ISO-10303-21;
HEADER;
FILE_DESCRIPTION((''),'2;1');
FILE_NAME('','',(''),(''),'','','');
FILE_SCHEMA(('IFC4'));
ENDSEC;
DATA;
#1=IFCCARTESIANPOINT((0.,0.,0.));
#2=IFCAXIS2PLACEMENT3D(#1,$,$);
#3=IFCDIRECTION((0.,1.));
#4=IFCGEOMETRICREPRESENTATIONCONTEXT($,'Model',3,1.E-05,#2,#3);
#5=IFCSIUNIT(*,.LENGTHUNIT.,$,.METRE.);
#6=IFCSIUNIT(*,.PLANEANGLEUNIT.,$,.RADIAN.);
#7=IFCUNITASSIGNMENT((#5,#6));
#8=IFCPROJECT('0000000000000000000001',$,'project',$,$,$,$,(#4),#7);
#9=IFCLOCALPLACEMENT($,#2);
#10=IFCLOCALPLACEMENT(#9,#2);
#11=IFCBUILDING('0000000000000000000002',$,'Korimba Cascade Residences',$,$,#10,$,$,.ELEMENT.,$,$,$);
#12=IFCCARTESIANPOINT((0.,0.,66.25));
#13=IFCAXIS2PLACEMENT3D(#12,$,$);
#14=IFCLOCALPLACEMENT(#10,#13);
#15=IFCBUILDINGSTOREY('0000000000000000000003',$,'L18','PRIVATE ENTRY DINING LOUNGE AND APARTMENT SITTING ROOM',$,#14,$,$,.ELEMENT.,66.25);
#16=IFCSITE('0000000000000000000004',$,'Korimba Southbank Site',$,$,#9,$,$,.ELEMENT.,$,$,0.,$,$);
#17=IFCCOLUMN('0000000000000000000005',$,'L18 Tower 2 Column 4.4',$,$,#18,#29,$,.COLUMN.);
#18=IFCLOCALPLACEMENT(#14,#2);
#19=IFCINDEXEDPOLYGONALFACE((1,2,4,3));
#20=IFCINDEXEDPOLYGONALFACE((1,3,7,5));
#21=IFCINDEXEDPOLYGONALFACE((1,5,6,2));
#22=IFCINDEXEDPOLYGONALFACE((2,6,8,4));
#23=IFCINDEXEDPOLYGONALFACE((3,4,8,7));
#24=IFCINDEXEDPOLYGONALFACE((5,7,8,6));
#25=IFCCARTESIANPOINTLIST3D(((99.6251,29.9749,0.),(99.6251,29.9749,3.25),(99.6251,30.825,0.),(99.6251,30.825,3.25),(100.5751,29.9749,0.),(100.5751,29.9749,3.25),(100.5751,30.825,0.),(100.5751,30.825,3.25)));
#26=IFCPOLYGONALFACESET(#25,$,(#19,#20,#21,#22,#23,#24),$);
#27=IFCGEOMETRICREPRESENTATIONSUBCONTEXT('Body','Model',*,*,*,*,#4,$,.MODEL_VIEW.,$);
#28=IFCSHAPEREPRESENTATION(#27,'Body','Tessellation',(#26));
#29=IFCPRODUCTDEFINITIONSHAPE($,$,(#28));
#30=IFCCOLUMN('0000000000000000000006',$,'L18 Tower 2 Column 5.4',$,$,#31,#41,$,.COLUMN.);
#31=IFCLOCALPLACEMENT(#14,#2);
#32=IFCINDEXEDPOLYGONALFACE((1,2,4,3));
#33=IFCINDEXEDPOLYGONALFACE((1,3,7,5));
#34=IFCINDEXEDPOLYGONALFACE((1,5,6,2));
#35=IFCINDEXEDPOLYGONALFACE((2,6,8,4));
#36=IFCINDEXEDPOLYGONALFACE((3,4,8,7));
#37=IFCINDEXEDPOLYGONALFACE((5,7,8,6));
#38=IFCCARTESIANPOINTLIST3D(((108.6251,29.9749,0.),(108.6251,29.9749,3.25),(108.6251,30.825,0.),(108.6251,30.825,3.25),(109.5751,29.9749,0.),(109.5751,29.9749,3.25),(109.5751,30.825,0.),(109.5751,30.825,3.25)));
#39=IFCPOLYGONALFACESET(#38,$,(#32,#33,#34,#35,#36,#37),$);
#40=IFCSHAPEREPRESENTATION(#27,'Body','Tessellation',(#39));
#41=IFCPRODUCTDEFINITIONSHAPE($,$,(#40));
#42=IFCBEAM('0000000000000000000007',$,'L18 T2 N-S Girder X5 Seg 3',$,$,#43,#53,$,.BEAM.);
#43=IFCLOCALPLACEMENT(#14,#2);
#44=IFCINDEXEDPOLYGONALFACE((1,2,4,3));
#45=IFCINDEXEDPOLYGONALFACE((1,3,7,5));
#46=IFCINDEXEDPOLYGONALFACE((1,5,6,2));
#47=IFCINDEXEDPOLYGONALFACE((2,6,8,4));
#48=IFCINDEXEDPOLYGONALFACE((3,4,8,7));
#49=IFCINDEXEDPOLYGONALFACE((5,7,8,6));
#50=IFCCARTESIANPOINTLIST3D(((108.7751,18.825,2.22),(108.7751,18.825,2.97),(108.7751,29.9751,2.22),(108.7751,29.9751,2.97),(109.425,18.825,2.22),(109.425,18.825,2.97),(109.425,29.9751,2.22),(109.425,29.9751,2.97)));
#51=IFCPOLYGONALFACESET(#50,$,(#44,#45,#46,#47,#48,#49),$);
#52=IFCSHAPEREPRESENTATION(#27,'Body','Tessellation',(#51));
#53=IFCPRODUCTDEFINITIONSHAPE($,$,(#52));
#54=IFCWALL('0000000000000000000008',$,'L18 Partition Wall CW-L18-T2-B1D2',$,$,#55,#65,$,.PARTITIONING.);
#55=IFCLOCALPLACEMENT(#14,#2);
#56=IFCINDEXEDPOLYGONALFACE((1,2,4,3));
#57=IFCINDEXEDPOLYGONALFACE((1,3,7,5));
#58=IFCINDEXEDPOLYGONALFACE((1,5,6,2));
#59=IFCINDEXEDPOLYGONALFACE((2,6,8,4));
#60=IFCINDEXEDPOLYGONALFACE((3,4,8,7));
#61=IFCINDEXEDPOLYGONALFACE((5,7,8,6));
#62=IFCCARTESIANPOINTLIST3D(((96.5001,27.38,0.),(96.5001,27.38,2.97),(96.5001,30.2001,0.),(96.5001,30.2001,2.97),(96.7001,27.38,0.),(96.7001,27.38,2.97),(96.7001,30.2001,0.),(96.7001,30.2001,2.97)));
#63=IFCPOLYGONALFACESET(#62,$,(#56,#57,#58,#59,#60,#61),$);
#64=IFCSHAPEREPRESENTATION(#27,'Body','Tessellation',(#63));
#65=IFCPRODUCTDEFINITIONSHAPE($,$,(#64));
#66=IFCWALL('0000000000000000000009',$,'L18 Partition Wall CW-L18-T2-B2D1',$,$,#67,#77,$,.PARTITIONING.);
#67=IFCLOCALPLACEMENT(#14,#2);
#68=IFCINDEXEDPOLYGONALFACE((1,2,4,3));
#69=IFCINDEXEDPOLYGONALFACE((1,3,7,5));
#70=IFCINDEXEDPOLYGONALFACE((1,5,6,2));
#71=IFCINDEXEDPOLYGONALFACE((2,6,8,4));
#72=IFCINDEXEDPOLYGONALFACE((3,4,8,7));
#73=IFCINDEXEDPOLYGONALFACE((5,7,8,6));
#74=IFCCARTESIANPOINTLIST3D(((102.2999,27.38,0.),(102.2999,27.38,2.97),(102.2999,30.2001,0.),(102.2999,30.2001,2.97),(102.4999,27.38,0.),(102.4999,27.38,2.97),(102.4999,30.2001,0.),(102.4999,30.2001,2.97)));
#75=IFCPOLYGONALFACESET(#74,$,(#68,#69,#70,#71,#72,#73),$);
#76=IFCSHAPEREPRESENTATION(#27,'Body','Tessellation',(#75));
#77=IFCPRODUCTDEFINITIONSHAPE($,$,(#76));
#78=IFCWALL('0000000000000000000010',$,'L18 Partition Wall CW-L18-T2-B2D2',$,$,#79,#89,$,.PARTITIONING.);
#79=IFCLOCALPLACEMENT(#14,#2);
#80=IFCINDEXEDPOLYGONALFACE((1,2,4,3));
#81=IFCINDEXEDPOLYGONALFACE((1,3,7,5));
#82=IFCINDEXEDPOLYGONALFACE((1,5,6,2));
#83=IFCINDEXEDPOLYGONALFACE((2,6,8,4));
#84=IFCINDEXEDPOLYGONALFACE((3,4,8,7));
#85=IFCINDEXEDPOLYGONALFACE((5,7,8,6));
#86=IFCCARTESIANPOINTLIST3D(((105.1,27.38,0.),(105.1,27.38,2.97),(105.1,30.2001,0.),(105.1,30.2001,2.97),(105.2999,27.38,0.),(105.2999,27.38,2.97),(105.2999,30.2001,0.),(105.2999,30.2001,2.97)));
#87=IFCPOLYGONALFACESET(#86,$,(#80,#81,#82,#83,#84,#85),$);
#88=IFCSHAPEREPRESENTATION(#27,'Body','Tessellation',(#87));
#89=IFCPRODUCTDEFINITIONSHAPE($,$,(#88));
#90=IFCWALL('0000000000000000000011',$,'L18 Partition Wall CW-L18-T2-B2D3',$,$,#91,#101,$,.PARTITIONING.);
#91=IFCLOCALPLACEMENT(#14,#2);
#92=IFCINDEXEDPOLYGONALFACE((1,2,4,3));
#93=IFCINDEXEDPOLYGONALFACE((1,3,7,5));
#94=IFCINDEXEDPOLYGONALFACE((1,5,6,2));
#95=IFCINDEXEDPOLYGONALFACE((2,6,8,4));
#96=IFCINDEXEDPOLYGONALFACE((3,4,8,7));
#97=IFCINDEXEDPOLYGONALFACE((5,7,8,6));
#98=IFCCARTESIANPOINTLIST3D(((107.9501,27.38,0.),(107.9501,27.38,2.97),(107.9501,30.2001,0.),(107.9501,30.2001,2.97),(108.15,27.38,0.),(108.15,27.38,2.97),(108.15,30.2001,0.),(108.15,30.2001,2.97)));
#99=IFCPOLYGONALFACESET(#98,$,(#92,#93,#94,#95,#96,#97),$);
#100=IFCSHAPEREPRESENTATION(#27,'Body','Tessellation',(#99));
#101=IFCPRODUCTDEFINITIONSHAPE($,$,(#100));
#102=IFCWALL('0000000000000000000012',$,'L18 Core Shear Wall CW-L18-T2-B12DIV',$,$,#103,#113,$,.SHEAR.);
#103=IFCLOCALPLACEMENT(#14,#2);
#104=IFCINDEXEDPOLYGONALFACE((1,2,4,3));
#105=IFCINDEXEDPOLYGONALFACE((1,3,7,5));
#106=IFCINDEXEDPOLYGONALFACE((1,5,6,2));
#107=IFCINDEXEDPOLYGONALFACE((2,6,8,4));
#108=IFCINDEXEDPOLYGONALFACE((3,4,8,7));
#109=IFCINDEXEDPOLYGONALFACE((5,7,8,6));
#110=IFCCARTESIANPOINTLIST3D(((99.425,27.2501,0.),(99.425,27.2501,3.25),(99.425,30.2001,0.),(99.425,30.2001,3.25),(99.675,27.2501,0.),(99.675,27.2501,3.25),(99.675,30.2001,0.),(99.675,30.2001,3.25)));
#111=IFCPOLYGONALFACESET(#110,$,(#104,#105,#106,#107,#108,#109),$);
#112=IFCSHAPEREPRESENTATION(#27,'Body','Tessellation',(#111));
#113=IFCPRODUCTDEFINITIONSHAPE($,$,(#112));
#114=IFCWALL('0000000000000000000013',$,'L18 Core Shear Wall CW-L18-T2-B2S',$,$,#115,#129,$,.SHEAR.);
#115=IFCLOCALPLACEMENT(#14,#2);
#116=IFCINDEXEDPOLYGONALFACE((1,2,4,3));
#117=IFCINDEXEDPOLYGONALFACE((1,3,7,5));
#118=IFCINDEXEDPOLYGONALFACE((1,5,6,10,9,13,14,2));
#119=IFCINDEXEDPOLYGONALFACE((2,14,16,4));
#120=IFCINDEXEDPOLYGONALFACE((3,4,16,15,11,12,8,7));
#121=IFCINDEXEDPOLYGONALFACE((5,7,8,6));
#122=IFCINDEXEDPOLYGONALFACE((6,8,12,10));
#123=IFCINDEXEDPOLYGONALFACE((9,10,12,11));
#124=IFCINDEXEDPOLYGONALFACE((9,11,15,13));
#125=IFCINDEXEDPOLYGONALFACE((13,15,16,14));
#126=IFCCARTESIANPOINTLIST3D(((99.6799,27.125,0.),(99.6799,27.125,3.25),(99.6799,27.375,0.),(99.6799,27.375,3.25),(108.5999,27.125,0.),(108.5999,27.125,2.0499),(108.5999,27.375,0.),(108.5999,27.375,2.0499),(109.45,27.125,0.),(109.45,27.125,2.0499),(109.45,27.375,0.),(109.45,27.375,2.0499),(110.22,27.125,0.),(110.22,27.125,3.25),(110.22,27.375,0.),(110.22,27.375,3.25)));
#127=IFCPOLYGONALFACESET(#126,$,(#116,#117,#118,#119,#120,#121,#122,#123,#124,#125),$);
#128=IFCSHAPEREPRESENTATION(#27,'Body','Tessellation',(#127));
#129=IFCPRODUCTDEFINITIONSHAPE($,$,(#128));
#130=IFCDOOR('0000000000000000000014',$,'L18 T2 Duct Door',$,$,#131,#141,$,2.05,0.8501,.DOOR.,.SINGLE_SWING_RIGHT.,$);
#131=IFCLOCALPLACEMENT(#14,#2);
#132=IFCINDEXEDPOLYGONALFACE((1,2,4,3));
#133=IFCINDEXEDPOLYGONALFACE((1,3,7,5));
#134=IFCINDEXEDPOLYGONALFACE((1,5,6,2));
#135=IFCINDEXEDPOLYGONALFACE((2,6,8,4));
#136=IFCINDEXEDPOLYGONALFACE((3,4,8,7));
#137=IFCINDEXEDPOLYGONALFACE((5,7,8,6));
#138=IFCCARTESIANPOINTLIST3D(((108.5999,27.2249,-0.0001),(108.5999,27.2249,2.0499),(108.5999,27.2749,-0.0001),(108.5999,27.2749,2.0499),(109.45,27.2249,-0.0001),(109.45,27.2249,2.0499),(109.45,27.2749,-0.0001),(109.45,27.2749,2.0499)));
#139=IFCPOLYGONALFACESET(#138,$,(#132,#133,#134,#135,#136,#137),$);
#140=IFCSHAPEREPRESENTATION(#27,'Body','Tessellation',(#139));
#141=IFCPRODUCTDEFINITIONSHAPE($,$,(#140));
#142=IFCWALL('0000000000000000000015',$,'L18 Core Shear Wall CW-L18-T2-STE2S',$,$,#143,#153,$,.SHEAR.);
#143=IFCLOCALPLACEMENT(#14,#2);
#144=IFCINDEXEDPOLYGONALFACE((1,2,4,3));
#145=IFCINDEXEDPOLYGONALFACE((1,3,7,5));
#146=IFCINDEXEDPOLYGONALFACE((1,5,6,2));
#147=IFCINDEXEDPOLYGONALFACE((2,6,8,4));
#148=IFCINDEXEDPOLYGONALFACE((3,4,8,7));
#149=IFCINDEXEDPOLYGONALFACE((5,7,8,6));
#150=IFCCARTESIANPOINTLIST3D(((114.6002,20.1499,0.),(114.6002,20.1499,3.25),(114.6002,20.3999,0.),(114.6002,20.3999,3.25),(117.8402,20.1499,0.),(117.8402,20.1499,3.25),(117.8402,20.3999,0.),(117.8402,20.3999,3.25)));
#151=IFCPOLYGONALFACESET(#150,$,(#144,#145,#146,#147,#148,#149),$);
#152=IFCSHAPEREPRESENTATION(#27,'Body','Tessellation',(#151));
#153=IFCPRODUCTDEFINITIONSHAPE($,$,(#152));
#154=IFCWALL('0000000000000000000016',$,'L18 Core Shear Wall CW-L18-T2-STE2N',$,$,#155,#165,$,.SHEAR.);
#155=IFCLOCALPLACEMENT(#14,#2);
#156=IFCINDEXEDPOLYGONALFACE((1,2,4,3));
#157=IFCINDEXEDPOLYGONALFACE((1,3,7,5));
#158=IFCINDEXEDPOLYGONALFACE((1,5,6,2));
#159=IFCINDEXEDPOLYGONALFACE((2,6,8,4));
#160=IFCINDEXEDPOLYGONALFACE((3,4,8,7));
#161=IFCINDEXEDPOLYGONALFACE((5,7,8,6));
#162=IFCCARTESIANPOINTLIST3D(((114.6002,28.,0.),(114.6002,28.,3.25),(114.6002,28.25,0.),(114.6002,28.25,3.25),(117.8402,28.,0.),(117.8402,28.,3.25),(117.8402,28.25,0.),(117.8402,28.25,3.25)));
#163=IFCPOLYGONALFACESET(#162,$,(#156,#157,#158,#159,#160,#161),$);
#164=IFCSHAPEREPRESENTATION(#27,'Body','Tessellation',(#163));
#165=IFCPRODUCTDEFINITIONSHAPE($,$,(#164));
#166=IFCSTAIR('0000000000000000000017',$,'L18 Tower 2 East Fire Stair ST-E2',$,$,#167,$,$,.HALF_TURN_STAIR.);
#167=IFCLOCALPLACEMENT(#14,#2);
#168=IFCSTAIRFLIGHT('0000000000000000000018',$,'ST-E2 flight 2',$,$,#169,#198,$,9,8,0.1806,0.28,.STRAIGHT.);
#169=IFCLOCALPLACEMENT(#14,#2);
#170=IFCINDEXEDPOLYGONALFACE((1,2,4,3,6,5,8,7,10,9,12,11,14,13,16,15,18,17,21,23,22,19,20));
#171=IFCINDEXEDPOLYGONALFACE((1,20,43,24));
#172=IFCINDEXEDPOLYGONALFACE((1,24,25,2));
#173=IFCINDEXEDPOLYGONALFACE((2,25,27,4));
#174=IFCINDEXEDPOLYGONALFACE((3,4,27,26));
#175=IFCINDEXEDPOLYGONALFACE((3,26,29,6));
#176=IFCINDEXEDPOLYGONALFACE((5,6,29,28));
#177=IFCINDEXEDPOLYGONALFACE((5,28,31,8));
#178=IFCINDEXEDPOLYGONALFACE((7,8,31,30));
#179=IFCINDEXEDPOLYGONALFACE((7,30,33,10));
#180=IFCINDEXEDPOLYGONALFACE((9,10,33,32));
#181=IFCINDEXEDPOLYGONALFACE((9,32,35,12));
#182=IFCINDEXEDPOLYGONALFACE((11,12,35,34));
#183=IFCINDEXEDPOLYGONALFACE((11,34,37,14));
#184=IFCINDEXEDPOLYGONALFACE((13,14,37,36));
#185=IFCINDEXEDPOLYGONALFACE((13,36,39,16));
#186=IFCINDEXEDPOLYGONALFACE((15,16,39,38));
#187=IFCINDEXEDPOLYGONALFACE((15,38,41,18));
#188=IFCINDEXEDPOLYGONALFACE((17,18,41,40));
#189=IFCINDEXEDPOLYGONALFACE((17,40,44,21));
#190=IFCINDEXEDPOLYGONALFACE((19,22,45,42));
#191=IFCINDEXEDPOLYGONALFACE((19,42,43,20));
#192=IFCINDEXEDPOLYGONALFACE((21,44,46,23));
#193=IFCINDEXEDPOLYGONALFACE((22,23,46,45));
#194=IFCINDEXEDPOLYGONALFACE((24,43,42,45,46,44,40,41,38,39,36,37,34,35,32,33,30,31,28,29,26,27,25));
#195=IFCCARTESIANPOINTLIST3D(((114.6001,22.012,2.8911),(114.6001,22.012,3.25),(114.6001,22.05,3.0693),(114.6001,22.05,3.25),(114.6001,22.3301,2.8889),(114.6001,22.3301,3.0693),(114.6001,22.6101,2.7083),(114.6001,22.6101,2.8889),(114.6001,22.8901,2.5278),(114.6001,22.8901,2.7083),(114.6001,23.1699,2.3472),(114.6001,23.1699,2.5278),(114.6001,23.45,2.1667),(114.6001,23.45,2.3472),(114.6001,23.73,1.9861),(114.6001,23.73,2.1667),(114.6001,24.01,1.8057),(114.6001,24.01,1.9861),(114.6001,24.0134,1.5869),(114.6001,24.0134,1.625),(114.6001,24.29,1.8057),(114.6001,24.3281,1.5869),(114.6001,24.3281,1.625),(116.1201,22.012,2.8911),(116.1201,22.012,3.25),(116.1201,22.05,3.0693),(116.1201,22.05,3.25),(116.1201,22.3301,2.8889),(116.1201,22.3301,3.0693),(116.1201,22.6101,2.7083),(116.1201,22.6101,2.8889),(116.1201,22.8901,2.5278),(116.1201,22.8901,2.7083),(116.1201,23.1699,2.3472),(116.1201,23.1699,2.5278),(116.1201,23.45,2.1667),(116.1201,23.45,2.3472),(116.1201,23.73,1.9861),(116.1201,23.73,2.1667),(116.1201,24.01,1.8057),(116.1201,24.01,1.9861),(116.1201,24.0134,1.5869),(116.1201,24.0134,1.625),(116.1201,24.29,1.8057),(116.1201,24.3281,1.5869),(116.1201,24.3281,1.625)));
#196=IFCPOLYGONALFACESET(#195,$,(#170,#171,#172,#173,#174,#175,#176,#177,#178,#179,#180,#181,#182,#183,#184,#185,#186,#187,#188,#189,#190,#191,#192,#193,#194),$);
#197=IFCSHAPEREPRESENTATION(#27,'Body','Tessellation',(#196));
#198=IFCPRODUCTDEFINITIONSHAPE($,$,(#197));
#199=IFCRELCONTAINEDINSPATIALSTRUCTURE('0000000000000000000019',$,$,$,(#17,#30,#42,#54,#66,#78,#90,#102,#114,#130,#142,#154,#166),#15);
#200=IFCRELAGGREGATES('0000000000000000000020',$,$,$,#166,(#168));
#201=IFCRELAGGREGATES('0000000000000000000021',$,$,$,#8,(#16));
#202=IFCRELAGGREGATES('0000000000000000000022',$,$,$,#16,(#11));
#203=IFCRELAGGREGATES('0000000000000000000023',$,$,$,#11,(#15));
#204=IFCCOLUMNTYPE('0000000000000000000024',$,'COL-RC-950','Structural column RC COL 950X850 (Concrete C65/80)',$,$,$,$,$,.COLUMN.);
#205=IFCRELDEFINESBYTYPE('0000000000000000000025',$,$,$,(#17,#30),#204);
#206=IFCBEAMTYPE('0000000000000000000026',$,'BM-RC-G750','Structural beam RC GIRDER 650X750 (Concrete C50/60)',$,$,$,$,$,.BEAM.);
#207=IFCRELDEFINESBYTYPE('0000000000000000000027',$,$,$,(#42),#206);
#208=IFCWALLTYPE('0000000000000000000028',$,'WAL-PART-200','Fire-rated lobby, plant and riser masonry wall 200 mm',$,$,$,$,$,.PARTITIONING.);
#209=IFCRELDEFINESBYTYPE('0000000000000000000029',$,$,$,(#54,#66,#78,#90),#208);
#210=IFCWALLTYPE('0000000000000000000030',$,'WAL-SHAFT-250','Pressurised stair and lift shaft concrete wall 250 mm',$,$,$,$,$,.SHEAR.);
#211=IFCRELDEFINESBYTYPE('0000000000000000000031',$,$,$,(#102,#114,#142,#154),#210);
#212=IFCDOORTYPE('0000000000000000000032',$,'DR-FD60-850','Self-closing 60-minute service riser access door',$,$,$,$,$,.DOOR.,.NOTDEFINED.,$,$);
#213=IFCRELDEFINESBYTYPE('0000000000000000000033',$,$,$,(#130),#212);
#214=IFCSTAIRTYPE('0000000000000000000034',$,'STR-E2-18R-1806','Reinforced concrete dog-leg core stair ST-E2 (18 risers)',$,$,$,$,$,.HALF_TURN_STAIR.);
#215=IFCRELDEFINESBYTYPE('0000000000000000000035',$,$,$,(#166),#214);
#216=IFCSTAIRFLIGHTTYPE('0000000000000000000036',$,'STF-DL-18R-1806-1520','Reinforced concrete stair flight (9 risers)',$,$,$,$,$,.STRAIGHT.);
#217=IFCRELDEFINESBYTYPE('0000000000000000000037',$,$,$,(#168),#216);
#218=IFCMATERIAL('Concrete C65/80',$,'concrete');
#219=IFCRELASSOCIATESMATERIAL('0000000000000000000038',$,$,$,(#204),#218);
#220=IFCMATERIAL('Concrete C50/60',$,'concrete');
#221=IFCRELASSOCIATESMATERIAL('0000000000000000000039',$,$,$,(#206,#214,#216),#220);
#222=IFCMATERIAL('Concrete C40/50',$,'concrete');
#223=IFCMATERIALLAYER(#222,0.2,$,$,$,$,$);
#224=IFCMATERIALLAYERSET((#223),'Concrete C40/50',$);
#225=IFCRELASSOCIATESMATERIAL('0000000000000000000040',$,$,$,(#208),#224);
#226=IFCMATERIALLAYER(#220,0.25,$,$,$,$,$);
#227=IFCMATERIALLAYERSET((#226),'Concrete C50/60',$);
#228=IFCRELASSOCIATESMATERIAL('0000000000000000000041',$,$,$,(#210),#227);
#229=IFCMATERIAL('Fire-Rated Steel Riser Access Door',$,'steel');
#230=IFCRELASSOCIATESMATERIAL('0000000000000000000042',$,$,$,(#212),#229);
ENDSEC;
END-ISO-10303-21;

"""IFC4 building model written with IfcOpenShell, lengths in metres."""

from ifc_helpers import new_model, si_unit, direction, frame, frame_2d, origin, origin_2d, place, context, subcontext, project, spatial, polyline, rectangle, outline, extrude, material, layer, layer_set, material_profile, profile_set, type_object, element, fill, aggregate, save


model = new_model("IFC4")

# Units and contexts
model_context = context("Model", 3, precision=1e-05, world=origin(), true_north=direction((0.0, 1.0)))
body_context = subcontext(model_context, "Body", "Model", "MODEL_VIEW")
ifc_project = project(units=[si_unit("LENGTHUNIT", "METRE"), si_unit("PLANEANGLEUNIT", "RADIAN")], contexts=[model_context])

# Site, building, storey
site_placement = place(None, origin())
site = spatial("IfcSite", under=ifc_project, at=site_placement, Name="Korimba Southbank Site", CompositionType="ELEMENT", RefElevation=0.0)
building_placement = place(site_placement, origin())
building = spatial("IfcBuilding", under=site, at=building_placement, Name="Korimba Cascade Residences", CompositionType="ELEMENT")
storey_placement = place(building_placement, frame((0.0, 0.0, 66.25)))
storey = spatial("IfcBuildingStorey", under=building, at=storey_placement, Name="L18", Description="PRIVATE ENTRY DINING LOUNGE AND APARTMENT SITTING ROOM", CompositionType="ELEMENT", Elevation=66.25)

# Columns
ifc_material_1 = material(Name="Concrete C65/80", Category="concrete")
ifc_material_profile_1 = material_profile(ifc_material_1, rectangle(XDim=0.95, YDim=0.8501, at=origin_2d()), Name="Concrete C65/80")
ifc_profile_set_1 = profile_set([ifc_material_profile_1], Name="Concrete C65/80")
column_type = type_object("IfcColumnType", Name="COL-RC-950", Description="Structural column RC COL 950X850 (Concrete C65/80)", PredefinedType="COLUMN", material=ifc_profile_set_1)
for number, where, z_axis, x_axis, name in (
    (1, (100.1001, 30.3999, 0.0), (0.0, 0.0, 1.0), (1.0, 0.0, 0.0), "L18 Tower 2 Column 4.4"),
    (2, (109.1001, 30.3999, 0.0), (0.0, 0.0, 1.0), (1.0, 0.0, 0.0), "L18 Tower 2 Column 5.4"),
):
    element("IfcColumn", number, at=place(storey_placement, frame(where, z_axis=z_axis, x_axis=x_axis)), inside=storey, type_object=column_type, Name=name, PredefinedType="COLUMN", context=body_context, shape_type="SweptSolid", body=[
        extrude(rectangle(XDim=0.95, YDim=0.8501, at=origin_2d()), origin(), (0.0, 0.0, 1.0), 3.25),
    ])

# Beam
ifc_material_2 = material(Name="Concrete C50/60", Category="concrete")
ifc_material_profile_2 = material_profile(ifc_material_2, rectangle(XDim=0.6499, YDim=0.75, at=origin_2d()), Name="Concrete C50/60")
ifc_profile_set_2 = profile_set([ifc_material_profile_2], Name="Concrete C50/60")
beam_type = type_object("IfcBeamType", Name="BM-RC-G750", Description="Structural beam RC GIRDER 650X750 (Concrete C50/60)", PredefinedType="BEAM", material=ifc_profile_set_2)
beam_placement = place(storey_placement, frame((109.1001, 18.825, 2.595), z_axis=(0.0, 1.0, 0.0), x_axis=(-1.0, 0.0, 0.0)))
element("IfcBeam", 3, at=beam_placement, inside=storey, type_object=beam_type, Name="L18 T2 N-S Girder X5 Seg 3", PredefinedType="BEAM", context=body_context, shape_type="SweptSolid", body=[
    extrude(rectangle(XDim=0.6499, YDim=0.75, at=origin_2d()), origin(), (0.0, 0.0, 1.0), 11.1501),
])

# Walls
ifc_material_3 = material(Name="Concrete C40/50", Category="concrete")
ifc_layer_1 = layer(ifc_material_3, 0.2)
ifc_layer_set_1 = layer_set([ifc_layer_1], Name="Concrete C40/50")
wall_type_1 = type_object("IfcWallType", Name="WAL-PART-200", Description="Fire-rated lobby, plant and riser masonry wall 200 mm", PredefinedType="PARTITIONING", material=ifc_layer_set_1)
for number, where, z_axis, x_axis, name in (
    (4, (96.6001, 27.3799, 0.0), (0.0, 0.0, 1.0), (0.0, 1.0, 0.0), "L18 Partition Wall CW-L18-T2-B1D2"),
    (5, (102.3999, 27.3799, 0.0), (0.0, 0.0, 1.0), (0.0, 1.0, 0.0), "L18 Partition Wall CW-L18-T2-B2D1"),
    (6, (105.2, 27.3799, 0.0), (0.0, 0.0, 1.0), (0.0, 1.0, 0.0), "L18 Partition Wall CW-L18-T2-B2D2"),
    (7, (108.05, 27.3799, 0.0), (0.0, 0.0, 1.0), (0.0, 1.0, 0.0), "L18 Partition Wall CW-L18-T2-B2D3"),
):
    element("IfcWall", number, at=place(storey_placement, frame(where, z_axis=z_axis, x_axis=x_axis)), inside=storey, type_object=wall_type_1, Name=name, PredefinedType="PARTITIONING", context=body_context, shape_type="SweptSolid", body=[
        extrude(rectangle(XDim=2.8201, YDim=0.2, at=frame_2d((1.4102, 0.0))), origin(), (0.0, 0.0, 1.0), 2.97),
    ])
ifc_layer_2 = layer(ifc_material_2, 0.25)
ifc_layer_set_2 = layer_set([ifc_layer_2], Name="Concrete C50/60")
wall_type_2 = type_object("IfcWallType", Name="WAL-SHAFT-250", Description="Pressurised stair and lift shaft concrete wall 250 mm", PredefinedType="SHEAR", material=ifc_layer_set_2)
wall_1_placement = place(storey_placement, frame((99.55, 27.25, 0.0), z_axis=(0.0, 0.0, 1.0), x_axis=(0.0, 1.0, 0.0)))
element("IfcWall", 8, at=wall_1_placement, inside=storey, type_object=wall_type_2, Name="L18 Core Shear Wall CW-L18-T2-B12DIV", PredefinedType="SHEAR", context=body_context, shape_type="SweptSolid", body=[
    extrude(rectangle(XDim=2.95, YDim=0.25, at=frame_2d((1.4751, 0.0))), origin(), (0.0, 0.0, 1.0), 3.25),
])

# Wall, opening, door
wall_2_placement = place(storey_placement, frame((99.6799, 27.25, 0.0), z_axis=(0.0, 0.0, 1.0), x_axis=(1.0, 0.0, 0.0)))
wall_2 = element("IfcWall", 9, at=wall_2_placement, inside=storey, type_object=wall_type_2, Name="L18 Core Shear Wall CW-L18-T2-B2S", PredefinedType="SHEAR", context=body_context, shape_type="SweptSolid", body=[
    extrude(rectangle(XDim=10.54, YDim=0.25, at=frame_2d((5.27, 0.0))), origin(), (0.0, 0.0, 1.0), 3.25),
])
opening_placement = place(wall_2_placement, frame((8.9199, 0.0, 0.0)))
opening = element("IfcOpeningElement", 10, at=opening_placement, cuts=wall_2, PredefinedType="OPENING", context=body_context, shape_type="SweptSolid", body=[
    extrude(rectangle(XDim=0.8501, YDim=2.05, at=frame_2d((0.425, 1.0249))), frame((0.0, 0.135, 0.0), z_axis=(0.0, -1.0, 0.0), x_axis=(1.0, 0.0, 0.0)), (0.0, 0.0, 1.0), 0.27),
])
ifc_material_4 = material(Name="Fire-Rated Steel Riser Access Door", Category="steel")
door_type = type_object("IfcDoorType", Name="DR-FD60-850", Description="Self-closing 60-minute service riser access door", OperationType="NOTDEFINED", PredefinedType="DOOR", material=ifc_material_4)
door_placement = place(opening_placement, origin())
door = element("IfcDoor", 11, at=door_placement, inside=storey, type_object=door_type, Name="L18 T2 Duct Door", OperationType="SINGLE_SWING_RIGHT", OverallHeight=2.05, OverallWidth=0.8501, PredefinedType="DOOR", context=body_context, shape_type="SweptSolid", body=[
    extrude(rectangle(XDim=0.8501, YDim=2.05, at=frame_2d((0.425, 1.0249))), frame((0.0, 0.0249, 0.0), z_axis=(0.0, -1.0, 0.0), x_axis=(1.0, 0.0, 0.0)), (0.0, 0.0, 1.0), 0.05),
])
fill(opening, door)

# Walls
for number, where, z_axis, x_axis, name in (
    (12, (114.6001, 20.2749, 0.0), (0.0, 0.0, 1.0), (1.0, 0.0, 0.0), "L18 Core Shear Wall CW-L18-T2-STE2S"),
    (13, (114.6001, 28.125, 0.0), (0.0, 0.0, 1.0), (1.0, 0.0, 0.0), "L18 Core Shear Wall CW-L18-T2-STE2N"),
):
    element("IfcWall", number, at=place(storey_placement, frame(where, z_axis=z_axis, x_axis=x_axis)), inside=storey, type_object=wall_type_2, Name=name, PredefinedType="SHEAR", context=body_context, shape_type="SweptSolid", body=[
        extrude(rectangle(XDim=3.24, YDim=0.25, at=frame_2d((1.6201, 0.0))), origin(), (0.0, 0.0, 1.0), 3.25),
    ])

# Stair, stair flight
stair_type = type_object("IfcStairType", Name="STR-E2-18R-1806", Description="Reinforced concrete dog-leg core stair ST-E2 (18 risers)", PredefinedType="HALF_TURN_STAIR", material=ifc_material_2)
stair_placement = place(storey_placement, origin())
stair = element("IfcStair", 14, at=stair_placement, inside=storey, type_object=stair_type, Name="L18 Tower 2 East Fire Stair ST-E2", PredefinedType="HALF_TURN_STAIR")
stair_flight_type = type_object("IfcStairFlightType", Name="STF-DL-18R-1806-1520", Description="Reinforced concrete stair flight (9 risers)", PredefinedType="STRAIGHT", material=ifc_material_2)
stair_flight_placement = place(storey_placement, frame((115.3601, 24.29, 1.625), z_axis=(0.0, 0.0, 1.0), x_axis=(0.0, -1.0, 0.0)))
stair_flight = element("IfcStairFlight", 15, at=stair_flight_placement, type_object=stair_flight_type, Name="ST-E2 flight 2", NumberOfRisers=9, NumberOfTreads=8, PredefinedType="STRAIGHT", RiserHeight=0.1806, TreadLength=0.28, context=body_context, shape_type="SweptSolid", body=[
    extrude(outline(polyline([(-0.0381, 0.0), (0.0, 0.1807), (0.28, 0.1807), (0.28, 0.3611), (0.5601, 0.3611), (0.5601, 0.5417), (0.8401, 0.5417), (0.8401, 0.7222), (1.1201, 0.7222), (1.1201, 0.9028), (1.3999, 0.9028), (1.3999, 1.0833), (1.6799, 1.0833), (1.6799, 1.2639), (1.96, 1.2639), (1.96, 1.4443), (2.24, 1.4443), (2.24, 1.625), (2.2781, 1.625), (2.2781, 1.2661), (0.2766, 0.0), (0.2766, -0.0381), (-0.0381, -0.0381), (-0.0381, 0.0)])), frame((0.0, 0.76, 0.0), z_axis=(0.0, -1.0, 0.0), x_axis=(1.0, 0.0, 0.0)), (0.0, 0.0, 1.0), 1.52),
])
aggregate(stair, [stair_flight])

save(model, "model.ifc")
